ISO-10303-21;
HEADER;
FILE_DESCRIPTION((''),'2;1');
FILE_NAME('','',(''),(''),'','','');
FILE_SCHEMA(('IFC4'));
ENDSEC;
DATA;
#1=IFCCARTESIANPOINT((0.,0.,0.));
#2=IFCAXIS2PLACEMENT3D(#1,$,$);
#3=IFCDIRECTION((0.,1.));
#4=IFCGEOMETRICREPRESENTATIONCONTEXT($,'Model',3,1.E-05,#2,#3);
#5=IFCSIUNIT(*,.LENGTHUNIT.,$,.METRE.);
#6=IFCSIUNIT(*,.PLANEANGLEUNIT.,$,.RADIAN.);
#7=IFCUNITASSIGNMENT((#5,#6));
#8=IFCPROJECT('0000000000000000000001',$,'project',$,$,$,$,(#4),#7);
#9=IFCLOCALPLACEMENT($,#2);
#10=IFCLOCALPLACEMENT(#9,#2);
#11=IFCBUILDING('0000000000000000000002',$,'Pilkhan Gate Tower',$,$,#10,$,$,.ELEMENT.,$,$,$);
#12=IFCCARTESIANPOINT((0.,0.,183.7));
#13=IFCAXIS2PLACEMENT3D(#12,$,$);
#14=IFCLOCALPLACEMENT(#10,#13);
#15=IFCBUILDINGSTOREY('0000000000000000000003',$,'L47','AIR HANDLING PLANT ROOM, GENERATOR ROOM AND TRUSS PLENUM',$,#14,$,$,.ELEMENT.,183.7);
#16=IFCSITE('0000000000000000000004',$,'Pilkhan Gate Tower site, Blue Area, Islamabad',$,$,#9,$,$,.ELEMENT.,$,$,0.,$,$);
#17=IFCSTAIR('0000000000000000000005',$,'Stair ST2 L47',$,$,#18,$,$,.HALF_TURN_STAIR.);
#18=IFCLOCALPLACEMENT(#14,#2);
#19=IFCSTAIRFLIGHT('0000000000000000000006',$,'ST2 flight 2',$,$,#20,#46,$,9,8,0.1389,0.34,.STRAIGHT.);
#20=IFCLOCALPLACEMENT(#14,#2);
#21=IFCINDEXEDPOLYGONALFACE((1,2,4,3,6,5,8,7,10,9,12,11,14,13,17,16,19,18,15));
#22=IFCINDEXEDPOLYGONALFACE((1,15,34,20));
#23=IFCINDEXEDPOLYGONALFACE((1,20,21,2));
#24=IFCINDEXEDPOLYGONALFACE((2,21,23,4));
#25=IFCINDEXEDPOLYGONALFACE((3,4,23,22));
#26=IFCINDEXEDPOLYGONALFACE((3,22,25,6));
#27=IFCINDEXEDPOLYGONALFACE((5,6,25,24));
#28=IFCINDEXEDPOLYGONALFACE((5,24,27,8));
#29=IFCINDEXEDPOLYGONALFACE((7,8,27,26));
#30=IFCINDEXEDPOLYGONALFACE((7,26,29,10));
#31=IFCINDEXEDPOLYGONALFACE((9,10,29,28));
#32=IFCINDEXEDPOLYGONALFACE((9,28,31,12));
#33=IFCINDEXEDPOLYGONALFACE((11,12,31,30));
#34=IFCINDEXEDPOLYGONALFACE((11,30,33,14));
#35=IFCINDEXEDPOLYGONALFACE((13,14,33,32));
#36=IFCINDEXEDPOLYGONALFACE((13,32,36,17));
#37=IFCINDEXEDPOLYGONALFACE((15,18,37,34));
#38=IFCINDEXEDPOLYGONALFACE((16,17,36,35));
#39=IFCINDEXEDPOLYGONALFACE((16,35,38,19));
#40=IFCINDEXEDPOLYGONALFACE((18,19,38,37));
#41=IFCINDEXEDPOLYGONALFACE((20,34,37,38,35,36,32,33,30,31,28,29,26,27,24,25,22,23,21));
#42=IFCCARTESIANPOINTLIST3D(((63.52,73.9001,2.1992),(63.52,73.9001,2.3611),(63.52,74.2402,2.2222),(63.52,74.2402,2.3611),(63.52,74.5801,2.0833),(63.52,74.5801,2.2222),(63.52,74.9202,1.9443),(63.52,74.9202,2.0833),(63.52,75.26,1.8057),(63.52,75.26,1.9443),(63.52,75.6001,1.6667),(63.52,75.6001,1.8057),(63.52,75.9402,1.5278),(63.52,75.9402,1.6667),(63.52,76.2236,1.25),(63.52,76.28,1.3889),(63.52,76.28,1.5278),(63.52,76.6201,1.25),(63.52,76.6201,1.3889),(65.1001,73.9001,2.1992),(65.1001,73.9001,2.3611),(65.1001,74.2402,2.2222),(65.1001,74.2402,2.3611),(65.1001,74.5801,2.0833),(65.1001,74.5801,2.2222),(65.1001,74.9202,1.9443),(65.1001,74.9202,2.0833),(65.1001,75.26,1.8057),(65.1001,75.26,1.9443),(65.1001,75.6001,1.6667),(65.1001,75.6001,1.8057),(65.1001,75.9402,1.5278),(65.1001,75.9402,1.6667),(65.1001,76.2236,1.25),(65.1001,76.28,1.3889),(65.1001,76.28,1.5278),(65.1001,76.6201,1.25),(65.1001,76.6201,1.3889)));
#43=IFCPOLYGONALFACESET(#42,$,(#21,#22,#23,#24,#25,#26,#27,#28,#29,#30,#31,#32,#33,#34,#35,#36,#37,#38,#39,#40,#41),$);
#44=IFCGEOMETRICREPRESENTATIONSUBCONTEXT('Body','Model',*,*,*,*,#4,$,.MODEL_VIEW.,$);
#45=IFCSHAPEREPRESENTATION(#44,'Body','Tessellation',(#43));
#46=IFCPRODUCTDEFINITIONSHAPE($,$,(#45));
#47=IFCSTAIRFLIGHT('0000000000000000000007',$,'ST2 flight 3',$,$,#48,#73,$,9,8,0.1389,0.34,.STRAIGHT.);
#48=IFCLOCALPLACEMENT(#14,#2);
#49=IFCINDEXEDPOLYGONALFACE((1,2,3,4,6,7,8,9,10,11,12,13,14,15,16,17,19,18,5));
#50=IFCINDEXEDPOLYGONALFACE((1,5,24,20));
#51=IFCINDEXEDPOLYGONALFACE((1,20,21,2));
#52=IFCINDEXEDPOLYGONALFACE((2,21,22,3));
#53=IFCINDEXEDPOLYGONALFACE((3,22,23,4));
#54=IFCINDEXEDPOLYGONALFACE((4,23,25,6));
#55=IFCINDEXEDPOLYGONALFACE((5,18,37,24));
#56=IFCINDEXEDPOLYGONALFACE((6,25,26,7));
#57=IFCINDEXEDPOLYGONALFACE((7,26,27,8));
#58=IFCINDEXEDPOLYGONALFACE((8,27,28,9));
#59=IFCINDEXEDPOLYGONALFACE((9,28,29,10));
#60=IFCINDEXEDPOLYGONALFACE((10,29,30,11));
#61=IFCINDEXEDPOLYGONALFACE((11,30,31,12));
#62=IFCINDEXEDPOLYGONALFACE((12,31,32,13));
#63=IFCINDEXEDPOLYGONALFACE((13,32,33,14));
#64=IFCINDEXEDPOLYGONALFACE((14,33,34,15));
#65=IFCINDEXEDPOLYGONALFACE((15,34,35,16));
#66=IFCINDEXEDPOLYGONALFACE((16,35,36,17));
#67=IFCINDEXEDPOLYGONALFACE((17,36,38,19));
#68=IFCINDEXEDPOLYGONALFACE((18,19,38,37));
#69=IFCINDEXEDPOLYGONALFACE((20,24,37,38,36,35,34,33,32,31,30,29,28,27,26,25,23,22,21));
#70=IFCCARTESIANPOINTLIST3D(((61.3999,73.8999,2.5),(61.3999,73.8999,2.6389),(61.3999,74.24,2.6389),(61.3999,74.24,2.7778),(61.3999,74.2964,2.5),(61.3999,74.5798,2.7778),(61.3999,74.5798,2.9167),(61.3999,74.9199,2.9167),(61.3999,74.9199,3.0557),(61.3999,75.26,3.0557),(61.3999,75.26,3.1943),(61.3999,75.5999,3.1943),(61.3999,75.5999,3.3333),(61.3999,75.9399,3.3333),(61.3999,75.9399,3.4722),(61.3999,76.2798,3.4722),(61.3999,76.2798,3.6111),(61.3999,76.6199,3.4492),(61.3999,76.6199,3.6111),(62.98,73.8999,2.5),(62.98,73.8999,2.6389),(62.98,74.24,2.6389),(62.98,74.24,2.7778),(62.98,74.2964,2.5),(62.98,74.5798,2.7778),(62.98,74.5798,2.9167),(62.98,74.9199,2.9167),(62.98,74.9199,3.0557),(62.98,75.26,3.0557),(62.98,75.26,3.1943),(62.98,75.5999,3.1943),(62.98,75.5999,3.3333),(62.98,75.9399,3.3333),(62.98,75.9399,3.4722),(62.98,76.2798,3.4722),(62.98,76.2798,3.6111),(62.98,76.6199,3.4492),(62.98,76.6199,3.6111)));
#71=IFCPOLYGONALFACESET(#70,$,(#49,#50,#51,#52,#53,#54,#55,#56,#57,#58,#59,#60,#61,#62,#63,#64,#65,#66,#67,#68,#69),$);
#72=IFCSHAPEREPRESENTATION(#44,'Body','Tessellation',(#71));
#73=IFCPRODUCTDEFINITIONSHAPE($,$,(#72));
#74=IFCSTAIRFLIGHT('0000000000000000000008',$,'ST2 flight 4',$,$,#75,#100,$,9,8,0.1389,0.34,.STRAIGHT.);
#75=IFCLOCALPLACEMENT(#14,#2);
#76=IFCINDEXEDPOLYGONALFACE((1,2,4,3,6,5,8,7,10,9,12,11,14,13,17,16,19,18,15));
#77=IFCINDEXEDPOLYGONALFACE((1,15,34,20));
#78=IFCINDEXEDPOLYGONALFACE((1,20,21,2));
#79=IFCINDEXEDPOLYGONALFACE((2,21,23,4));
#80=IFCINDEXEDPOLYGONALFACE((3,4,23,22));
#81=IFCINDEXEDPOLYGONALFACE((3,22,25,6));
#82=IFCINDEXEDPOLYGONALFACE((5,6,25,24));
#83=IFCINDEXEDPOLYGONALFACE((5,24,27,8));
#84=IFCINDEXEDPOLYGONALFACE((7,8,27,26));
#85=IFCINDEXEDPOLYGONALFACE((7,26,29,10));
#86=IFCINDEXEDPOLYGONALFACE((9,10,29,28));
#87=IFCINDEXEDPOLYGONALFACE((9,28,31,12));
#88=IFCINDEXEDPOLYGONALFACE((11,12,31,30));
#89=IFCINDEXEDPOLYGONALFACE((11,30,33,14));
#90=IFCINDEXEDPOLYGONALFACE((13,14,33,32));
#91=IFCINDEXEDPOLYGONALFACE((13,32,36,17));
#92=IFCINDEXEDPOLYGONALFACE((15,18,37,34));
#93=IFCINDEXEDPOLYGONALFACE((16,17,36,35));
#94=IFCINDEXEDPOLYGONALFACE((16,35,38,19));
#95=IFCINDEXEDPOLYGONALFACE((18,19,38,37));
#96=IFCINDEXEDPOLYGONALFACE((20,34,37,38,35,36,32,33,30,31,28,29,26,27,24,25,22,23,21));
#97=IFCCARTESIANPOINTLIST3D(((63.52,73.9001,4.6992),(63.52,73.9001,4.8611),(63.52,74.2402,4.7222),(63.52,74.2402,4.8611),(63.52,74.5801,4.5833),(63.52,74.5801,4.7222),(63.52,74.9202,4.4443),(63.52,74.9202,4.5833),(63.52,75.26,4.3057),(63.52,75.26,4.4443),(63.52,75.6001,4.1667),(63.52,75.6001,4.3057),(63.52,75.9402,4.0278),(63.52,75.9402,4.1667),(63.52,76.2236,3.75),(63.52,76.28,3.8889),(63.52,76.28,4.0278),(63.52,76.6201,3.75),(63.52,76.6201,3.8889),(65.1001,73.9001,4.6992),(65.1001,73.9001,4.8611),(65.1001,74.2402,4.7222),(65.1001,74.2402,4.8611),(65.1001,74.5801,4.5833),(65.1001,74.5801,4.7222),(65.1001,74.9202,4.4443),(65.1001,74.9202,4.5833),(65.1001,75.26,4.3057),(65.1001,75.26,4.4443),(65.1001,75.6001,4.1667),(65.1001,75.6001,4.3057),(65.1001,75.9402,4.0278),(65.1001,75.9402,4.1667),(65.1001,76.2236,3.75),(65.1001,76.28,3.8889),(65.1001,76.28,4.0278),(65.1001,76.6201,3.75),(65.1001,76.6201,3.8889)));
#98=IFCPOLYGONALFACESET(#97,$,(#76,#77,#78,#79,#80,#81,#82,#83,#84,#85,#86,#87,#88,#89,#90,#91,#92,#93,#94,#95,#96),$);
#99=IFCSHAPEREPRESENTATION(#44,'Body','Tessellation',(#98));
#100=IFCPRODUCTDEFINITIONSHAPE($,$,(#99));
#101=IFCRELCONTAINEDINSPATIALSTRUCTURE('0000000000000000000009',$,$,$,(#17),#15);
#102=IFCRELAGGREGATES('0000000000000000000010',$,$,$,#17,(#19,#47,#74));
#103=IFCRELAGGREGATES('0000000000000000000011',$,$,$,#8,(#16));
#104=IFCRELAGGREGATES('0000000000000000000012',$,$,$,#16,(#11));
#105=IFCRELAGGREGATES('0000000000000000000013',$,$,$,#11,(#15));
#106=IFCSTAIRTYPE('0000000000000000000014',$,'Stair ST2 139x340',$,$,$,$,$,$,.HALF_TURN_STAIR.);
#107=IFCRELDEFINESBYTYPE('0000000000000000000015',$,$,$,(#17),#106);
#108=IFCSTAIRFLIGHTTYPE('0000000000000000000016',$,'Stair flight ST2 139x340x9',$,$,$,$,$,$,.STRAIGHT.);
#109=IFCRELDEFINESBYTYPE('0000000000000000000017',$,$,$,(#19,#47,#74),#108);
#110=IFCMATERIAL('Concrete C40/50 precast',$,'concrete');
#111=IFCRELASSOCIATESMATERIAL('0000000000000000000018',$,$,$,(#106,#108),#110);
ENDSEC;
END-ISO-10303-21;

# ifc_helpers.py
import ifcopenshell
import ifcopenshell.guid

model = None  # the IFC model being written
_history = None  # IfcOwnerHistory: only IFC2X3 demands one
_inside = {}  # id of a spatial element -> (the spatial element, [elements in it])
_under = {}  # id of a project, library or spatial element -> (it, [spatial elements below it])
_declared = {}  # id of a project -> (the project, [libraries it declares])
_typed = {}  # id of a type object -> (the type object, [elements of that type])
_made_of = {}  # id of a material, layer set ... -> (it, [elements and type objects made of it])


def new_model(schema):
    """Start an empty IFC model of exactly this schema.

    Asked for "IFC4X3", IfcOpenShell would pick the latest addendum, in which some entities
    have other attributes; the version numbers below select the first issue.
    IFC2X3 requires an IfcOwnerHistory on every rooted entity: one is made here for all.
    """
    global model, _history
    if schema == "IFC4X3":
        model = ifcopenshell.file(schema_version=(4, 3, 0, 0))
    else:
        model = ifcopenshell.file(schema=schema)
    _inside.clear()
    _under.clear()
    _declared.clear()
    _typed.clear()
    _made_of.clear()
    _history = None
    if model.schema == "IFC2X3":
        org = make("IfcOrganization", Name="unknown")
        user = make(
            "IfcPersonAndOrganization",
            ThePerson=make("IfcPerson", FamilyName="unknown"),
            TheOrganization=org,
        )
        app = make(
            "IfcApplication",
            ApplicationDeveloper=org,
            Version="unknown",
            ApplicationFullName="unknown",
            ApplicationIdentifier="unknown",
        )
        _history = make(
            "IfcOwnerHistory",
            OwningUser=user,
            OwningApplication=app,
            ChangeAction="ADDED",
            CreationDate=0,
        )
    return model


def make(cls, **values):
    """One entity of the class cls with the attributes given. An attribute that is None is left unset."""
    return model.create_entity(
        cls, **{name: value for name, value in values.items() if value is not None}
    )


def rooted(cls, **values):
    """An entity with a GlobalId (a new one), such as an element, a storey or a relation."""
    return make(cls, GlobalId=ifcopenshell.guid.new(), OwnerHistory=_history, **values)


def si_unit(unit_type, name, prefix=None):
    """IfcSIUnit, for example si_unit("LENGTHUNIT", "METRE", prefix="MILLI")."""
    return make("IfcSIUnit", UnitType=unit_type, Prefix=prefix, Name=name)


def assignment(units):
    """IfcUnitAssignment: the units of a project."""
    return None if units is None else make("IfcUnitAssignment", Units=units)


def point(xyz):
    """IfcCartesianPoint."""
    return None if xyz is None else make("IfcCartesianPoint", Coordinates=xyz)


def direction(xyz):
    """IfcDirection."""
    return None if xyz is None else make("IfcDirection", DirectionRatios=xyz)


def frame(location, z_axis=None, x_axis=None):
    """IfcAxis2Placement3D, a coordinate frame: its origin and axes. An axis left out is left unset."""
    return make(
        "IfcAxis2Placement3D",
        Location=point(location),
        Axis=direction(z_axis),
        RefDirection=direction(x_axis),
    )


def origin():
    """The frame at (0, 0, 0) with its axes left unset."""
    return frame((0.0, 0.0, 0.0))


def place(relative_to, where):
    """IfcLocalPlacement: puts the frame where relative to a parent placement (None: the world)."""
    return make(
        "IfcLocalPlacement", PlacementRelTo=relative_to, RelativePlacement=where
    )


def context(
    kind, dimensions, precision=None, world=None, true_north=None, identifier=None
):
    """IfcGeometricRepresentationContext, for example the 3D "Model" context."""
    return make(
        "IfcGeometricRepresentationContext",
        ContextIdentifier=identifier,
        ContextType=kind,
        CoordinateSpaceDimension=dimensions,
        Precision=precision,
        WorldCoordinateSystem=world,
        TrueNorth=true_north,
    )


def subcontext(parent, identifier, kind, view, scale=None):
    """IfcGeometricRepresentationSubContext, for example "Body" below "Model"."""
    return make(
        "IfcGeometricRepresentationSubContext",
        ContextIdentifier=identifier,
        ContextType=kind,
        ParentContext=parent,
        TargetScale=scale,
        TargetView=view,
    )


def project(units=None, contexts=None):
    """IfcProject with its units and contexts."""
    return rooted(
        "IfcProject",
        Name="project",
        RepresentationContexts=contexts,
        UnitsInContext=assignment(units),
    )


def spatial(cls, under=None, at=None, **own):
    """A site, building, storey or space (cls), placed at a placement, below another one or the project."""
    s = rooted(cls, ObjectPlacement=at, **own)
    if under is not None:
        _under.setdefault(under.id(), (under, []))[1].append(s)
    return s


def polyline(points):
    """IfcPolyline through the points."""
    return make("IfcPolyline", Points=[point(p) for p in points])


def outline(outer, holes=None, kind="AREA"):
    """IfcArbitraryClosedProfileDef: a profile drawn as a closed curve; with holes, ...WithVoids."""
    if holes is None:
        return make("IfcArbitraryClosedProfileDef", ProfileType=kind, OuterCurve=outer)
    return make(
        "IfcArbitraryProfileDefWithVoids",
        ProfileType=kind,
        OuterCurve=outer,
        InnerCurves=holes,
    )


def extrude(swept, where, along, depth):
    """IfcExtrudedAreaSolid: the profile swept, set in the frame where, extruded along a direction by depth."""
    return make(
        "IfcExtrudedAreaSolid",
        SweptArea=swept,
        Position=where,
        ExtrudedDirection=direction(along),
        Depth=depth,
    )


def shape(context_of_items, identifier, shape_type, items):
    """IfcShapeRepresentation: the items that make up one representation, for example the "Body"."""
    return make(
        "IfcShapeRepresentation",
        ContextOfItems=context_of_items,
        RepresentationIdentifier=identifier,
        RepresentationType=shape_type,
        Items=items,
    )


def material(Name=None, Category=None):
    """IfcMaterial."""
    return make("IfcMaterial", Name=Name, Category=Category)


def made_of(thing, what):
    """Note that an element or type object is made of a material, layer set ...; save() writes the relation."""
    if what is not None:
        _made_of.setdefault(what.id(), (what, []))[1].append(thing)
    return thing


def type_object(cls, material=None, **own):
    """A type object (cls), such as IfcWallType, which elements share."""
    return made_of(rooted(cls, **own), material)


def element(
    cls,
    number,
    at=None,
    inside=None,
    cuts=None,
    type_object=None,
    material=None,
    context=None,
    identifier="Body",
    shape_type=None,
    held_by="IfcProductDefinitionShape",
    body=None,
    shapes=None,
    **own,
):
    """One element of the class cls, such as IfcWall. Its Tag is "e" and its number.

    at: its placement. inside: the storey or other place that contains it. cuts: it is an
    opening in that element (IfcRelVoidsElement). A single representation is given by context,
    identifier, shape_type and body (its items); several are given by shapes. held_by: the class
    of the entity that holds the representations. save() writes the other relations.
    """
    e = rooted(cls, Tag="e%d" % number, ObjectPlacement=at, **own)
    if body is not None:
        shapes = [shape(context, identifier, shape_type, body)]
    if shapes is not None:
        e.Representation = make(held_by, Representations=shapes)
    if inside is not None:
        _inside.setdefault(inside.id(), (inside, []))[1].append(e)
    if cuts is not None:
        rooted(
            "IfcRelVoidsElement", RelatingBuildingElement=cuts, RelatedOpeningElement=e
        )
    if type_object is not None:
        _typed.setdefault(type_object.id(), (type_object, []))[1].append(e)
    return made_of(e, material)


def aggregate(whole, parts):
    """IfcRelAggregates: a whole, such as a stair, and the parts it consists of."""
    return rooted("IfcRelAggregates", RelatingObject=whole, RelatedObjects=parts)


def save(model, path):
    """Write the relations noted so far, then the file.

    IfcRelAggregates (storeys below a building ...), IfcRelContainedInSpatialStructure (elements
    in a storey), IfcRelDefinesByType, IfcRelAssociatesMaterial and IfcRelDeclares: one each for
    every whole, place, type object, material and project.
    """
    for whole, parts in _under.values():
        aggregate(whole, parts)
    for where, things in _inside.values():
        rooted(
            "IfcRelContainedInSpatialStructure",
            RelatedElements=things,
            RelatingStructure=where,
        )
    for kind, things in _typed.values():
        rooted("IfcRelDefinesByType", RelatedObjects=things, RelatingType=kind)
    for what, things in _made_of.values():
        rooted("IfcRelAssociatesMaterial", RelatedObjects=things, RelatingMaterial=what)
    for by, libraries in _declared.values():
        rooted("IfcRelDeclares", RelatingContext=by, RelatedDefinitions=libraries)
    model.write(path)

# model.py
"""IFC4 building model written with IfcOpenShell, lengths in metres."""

from ifc_helpers import new_model, si_unit, direction, frame, origin, place, context, subcontext, project, spatial, polyline, outline, extrude, material, type_object, element, aggregate, save


model = new_model("IFC4")

# Units and contexts
model_context = context("Model", 3, precision=1e-05, world=origin(), true_north=direction((0.0, 1.0)))
body_context = subcontext(model_context, "Body", "Model", "MODEL_VIEW")
ifc_project = project(units=[si_unit("LENGTHUNIT", "METRE"), si_unit("PLANEANGLEUNIT", "RADIAN")], contexts=[model_context])

# Site, building, storey
site_placement = place(None, origin())
site = spatial("IfcSite", under=ifc_project, at=site_placement, Name="Pilkhan Gate Tower site, Blue Area, Islamabad", CompositionType="ELEMENT", RefElevation=0.0)
building_placement = place(site_placement, origin())
building = spatial("IfcBuilding", under=site, at=building_placement, Name="Pilkhan Gate Tower", CompositionType="ELEMENT")
storey_placement = place(building_placement, frame((0.0, 0.0, 183.7)))
storey = spatial("IfcBuildingStorey", under=building, at=storey_placement, Name="L47", Description="AIR HANDLING PLANT ROOM, GENERATOR ROOM AND TRUSS PLENUM", CompositionType="ELEMENT", Elevation=183.7)

# Stair, stair flights
ifc_material_1 = material(Name="Concrete C40/50 precast", Category="concrete")
stair_type = type_object("IfcStairType", Name="Stair ST2 139x340", PredefinedType="HALF_TURN_STAIR", material=ifc_material_1)
stair_placement = place(storey_placement, origin())
stair = element("IfcStair", 1, at=stair_placement, inside=storey, type_object=stair_type, Name="Stair ST2 L47", PredefinedType="HALF_TURN_STAIR")
stair_flight_type = type_object("IfcStairFlightType", Name="Stair flight ST2 139x340x9", PredefinedType="STRAIGHT", material=ifc_material_1)
stair_flight_1_placement = place(storey_placement, frame((64.3101, 76.6201, 1.25), z_axis=(0.0, 0.0, 1.0), x_axis=(0.0, -1.0, 0.0)))
stair_flight_1 = element("IfcStairFlight", 2, at=stair_flight_1_placement, type_object=stair_flight_type, Name="ST2 flight 2", NumberOfRisers=9, NumberOfTreads=8, PredefinedType="STRAIGHT", RiserHeight=0.1389, TreadLength=0.34, context=body_context, shape_type="SweptSolid", body=[
    extrude(outline(polyline([(0.0, 0.0), (0.0, 0.1389), (0.3401, 0.1389), (0.3401, 0.2778), (0.6799, 0.2778), (0.6799, 0.4167), (1.02, 0.4167), (1.02, 0.5557), (1.3601, 0.5557), (1.3601, 0.6943), (1.7, 0.6943), (1.7, 0.8333), (2.04, 0.8333), (2.04, 0.9722), (2.3799, 0.9722), (2.3799, 1.1111), (2.72, 1.1111), (2.72, 1.25), (2.72, 0.9492), (0.3965, 0.0), (0.0, 0.0)])), frame((0.0, 0.79, 0.0), z_axis=(0.0, -1.0, 0.0), x_axis=(1.0, 0.0, 0.0)), (0.0, 0.0, 1.0), 1.5801),
])
stair_flight_2_placement = place(storey_placement, frame((62.1899, 73.8999, 2.5), z_axis=(0.0, 0.0, 1.0), x_axis=(0.0, 1.0, 0.0)))
stair_flight_2 = element("IfcStairFlight", 3, at=stair_flight_2_placement, type_object=stair_flight_type, Name="ST2 flight 3", NumberOfRisers=9, NumberOfTreads=8, PredefinedType="STRAIGHT", RiserHeight=0.1389, TreadLength=0.34, context=body_context, shape_type="SweptSolid", body=[
    extrude(outline(polyline([(0.0, 0.0), (0.0, 0.1389), (0.3401, 0.1389), (0.3401, 0.2778), (0.6799, 0.2778), (0.6799, 0.4167), (1.02, 0.4167), (1.02, 0.5557), (1.3601, 0.5557), (1.3601, 0.6943), (1.7, 0.6943), (1.7, 0.8333), (2.04, 0.8333), (2.04, 0.9722), (2.3799, 0.9722), (2.3799, 1.1111), (2.72, 1.1111), (2.72, 1.25), (2.72, 0.9492), (0.3965, 0.0), (0.0, 0.0)])), frame((0.0, 0.79, 0.0), z_axis=(0.0, -1.0, 0.0), x_axis=(1.0, 0.0, 0.0)), (0.0, 0.0, 1.0), 1.5801),
])
stair_flight_3_placement = place(storey_placement, frame((64.3101, 76.6201, 3.75), z_axis=(0.0, 0.0, 1.0), x_axis=(0.0, -1.0, 0.0)))
stair_flight_3 = element("IfcStairFlight", 4, at=stair_flight_3_placement, type_object=stair_flight_type, Name="ST2 flight 4", NumberOfRisers=9, NumberOfTreads=8, PredefinedType="STRAIGHT", RiserHeight=0.1389, TreadLength=0.34, context=body_context, shape_type="SweptSolid", body=[
    extrude(outline(polyline([(0.0, 0.0), (0.0, 0.1389), (0.3401, 0.1389), (0.3401, 0.2778), (0.6799, 0.2778), (0.6799, 0.4167), (1.02, 0.4167), (1.02, 0.5557), (1.3601, 0.5557), (1.3601, 0.6943), (1.7, 0.6943), (1.7, 0.8333), (2.04, 0.8333), (2.04, 0.9722), (2.3799, 0.9722), (2.3799, 1.1111), (2.72, 1.1111), (2.72, 1.25), (2.72, 0.9492), (0.3965, 0.0), (0.0, 0.0)])), frame((0.0, 0.79, 0.0), z_axis=(0.0, -1.0, 0.0), x_axis=(1.0, 0.0, 0.0)), (0.0, 0.0, 1.0), 1.5801),
])
aggregate(stair, [stair_flight_1, stair_flight_2, stair_flight_3])

save(model, "model.ifc")
